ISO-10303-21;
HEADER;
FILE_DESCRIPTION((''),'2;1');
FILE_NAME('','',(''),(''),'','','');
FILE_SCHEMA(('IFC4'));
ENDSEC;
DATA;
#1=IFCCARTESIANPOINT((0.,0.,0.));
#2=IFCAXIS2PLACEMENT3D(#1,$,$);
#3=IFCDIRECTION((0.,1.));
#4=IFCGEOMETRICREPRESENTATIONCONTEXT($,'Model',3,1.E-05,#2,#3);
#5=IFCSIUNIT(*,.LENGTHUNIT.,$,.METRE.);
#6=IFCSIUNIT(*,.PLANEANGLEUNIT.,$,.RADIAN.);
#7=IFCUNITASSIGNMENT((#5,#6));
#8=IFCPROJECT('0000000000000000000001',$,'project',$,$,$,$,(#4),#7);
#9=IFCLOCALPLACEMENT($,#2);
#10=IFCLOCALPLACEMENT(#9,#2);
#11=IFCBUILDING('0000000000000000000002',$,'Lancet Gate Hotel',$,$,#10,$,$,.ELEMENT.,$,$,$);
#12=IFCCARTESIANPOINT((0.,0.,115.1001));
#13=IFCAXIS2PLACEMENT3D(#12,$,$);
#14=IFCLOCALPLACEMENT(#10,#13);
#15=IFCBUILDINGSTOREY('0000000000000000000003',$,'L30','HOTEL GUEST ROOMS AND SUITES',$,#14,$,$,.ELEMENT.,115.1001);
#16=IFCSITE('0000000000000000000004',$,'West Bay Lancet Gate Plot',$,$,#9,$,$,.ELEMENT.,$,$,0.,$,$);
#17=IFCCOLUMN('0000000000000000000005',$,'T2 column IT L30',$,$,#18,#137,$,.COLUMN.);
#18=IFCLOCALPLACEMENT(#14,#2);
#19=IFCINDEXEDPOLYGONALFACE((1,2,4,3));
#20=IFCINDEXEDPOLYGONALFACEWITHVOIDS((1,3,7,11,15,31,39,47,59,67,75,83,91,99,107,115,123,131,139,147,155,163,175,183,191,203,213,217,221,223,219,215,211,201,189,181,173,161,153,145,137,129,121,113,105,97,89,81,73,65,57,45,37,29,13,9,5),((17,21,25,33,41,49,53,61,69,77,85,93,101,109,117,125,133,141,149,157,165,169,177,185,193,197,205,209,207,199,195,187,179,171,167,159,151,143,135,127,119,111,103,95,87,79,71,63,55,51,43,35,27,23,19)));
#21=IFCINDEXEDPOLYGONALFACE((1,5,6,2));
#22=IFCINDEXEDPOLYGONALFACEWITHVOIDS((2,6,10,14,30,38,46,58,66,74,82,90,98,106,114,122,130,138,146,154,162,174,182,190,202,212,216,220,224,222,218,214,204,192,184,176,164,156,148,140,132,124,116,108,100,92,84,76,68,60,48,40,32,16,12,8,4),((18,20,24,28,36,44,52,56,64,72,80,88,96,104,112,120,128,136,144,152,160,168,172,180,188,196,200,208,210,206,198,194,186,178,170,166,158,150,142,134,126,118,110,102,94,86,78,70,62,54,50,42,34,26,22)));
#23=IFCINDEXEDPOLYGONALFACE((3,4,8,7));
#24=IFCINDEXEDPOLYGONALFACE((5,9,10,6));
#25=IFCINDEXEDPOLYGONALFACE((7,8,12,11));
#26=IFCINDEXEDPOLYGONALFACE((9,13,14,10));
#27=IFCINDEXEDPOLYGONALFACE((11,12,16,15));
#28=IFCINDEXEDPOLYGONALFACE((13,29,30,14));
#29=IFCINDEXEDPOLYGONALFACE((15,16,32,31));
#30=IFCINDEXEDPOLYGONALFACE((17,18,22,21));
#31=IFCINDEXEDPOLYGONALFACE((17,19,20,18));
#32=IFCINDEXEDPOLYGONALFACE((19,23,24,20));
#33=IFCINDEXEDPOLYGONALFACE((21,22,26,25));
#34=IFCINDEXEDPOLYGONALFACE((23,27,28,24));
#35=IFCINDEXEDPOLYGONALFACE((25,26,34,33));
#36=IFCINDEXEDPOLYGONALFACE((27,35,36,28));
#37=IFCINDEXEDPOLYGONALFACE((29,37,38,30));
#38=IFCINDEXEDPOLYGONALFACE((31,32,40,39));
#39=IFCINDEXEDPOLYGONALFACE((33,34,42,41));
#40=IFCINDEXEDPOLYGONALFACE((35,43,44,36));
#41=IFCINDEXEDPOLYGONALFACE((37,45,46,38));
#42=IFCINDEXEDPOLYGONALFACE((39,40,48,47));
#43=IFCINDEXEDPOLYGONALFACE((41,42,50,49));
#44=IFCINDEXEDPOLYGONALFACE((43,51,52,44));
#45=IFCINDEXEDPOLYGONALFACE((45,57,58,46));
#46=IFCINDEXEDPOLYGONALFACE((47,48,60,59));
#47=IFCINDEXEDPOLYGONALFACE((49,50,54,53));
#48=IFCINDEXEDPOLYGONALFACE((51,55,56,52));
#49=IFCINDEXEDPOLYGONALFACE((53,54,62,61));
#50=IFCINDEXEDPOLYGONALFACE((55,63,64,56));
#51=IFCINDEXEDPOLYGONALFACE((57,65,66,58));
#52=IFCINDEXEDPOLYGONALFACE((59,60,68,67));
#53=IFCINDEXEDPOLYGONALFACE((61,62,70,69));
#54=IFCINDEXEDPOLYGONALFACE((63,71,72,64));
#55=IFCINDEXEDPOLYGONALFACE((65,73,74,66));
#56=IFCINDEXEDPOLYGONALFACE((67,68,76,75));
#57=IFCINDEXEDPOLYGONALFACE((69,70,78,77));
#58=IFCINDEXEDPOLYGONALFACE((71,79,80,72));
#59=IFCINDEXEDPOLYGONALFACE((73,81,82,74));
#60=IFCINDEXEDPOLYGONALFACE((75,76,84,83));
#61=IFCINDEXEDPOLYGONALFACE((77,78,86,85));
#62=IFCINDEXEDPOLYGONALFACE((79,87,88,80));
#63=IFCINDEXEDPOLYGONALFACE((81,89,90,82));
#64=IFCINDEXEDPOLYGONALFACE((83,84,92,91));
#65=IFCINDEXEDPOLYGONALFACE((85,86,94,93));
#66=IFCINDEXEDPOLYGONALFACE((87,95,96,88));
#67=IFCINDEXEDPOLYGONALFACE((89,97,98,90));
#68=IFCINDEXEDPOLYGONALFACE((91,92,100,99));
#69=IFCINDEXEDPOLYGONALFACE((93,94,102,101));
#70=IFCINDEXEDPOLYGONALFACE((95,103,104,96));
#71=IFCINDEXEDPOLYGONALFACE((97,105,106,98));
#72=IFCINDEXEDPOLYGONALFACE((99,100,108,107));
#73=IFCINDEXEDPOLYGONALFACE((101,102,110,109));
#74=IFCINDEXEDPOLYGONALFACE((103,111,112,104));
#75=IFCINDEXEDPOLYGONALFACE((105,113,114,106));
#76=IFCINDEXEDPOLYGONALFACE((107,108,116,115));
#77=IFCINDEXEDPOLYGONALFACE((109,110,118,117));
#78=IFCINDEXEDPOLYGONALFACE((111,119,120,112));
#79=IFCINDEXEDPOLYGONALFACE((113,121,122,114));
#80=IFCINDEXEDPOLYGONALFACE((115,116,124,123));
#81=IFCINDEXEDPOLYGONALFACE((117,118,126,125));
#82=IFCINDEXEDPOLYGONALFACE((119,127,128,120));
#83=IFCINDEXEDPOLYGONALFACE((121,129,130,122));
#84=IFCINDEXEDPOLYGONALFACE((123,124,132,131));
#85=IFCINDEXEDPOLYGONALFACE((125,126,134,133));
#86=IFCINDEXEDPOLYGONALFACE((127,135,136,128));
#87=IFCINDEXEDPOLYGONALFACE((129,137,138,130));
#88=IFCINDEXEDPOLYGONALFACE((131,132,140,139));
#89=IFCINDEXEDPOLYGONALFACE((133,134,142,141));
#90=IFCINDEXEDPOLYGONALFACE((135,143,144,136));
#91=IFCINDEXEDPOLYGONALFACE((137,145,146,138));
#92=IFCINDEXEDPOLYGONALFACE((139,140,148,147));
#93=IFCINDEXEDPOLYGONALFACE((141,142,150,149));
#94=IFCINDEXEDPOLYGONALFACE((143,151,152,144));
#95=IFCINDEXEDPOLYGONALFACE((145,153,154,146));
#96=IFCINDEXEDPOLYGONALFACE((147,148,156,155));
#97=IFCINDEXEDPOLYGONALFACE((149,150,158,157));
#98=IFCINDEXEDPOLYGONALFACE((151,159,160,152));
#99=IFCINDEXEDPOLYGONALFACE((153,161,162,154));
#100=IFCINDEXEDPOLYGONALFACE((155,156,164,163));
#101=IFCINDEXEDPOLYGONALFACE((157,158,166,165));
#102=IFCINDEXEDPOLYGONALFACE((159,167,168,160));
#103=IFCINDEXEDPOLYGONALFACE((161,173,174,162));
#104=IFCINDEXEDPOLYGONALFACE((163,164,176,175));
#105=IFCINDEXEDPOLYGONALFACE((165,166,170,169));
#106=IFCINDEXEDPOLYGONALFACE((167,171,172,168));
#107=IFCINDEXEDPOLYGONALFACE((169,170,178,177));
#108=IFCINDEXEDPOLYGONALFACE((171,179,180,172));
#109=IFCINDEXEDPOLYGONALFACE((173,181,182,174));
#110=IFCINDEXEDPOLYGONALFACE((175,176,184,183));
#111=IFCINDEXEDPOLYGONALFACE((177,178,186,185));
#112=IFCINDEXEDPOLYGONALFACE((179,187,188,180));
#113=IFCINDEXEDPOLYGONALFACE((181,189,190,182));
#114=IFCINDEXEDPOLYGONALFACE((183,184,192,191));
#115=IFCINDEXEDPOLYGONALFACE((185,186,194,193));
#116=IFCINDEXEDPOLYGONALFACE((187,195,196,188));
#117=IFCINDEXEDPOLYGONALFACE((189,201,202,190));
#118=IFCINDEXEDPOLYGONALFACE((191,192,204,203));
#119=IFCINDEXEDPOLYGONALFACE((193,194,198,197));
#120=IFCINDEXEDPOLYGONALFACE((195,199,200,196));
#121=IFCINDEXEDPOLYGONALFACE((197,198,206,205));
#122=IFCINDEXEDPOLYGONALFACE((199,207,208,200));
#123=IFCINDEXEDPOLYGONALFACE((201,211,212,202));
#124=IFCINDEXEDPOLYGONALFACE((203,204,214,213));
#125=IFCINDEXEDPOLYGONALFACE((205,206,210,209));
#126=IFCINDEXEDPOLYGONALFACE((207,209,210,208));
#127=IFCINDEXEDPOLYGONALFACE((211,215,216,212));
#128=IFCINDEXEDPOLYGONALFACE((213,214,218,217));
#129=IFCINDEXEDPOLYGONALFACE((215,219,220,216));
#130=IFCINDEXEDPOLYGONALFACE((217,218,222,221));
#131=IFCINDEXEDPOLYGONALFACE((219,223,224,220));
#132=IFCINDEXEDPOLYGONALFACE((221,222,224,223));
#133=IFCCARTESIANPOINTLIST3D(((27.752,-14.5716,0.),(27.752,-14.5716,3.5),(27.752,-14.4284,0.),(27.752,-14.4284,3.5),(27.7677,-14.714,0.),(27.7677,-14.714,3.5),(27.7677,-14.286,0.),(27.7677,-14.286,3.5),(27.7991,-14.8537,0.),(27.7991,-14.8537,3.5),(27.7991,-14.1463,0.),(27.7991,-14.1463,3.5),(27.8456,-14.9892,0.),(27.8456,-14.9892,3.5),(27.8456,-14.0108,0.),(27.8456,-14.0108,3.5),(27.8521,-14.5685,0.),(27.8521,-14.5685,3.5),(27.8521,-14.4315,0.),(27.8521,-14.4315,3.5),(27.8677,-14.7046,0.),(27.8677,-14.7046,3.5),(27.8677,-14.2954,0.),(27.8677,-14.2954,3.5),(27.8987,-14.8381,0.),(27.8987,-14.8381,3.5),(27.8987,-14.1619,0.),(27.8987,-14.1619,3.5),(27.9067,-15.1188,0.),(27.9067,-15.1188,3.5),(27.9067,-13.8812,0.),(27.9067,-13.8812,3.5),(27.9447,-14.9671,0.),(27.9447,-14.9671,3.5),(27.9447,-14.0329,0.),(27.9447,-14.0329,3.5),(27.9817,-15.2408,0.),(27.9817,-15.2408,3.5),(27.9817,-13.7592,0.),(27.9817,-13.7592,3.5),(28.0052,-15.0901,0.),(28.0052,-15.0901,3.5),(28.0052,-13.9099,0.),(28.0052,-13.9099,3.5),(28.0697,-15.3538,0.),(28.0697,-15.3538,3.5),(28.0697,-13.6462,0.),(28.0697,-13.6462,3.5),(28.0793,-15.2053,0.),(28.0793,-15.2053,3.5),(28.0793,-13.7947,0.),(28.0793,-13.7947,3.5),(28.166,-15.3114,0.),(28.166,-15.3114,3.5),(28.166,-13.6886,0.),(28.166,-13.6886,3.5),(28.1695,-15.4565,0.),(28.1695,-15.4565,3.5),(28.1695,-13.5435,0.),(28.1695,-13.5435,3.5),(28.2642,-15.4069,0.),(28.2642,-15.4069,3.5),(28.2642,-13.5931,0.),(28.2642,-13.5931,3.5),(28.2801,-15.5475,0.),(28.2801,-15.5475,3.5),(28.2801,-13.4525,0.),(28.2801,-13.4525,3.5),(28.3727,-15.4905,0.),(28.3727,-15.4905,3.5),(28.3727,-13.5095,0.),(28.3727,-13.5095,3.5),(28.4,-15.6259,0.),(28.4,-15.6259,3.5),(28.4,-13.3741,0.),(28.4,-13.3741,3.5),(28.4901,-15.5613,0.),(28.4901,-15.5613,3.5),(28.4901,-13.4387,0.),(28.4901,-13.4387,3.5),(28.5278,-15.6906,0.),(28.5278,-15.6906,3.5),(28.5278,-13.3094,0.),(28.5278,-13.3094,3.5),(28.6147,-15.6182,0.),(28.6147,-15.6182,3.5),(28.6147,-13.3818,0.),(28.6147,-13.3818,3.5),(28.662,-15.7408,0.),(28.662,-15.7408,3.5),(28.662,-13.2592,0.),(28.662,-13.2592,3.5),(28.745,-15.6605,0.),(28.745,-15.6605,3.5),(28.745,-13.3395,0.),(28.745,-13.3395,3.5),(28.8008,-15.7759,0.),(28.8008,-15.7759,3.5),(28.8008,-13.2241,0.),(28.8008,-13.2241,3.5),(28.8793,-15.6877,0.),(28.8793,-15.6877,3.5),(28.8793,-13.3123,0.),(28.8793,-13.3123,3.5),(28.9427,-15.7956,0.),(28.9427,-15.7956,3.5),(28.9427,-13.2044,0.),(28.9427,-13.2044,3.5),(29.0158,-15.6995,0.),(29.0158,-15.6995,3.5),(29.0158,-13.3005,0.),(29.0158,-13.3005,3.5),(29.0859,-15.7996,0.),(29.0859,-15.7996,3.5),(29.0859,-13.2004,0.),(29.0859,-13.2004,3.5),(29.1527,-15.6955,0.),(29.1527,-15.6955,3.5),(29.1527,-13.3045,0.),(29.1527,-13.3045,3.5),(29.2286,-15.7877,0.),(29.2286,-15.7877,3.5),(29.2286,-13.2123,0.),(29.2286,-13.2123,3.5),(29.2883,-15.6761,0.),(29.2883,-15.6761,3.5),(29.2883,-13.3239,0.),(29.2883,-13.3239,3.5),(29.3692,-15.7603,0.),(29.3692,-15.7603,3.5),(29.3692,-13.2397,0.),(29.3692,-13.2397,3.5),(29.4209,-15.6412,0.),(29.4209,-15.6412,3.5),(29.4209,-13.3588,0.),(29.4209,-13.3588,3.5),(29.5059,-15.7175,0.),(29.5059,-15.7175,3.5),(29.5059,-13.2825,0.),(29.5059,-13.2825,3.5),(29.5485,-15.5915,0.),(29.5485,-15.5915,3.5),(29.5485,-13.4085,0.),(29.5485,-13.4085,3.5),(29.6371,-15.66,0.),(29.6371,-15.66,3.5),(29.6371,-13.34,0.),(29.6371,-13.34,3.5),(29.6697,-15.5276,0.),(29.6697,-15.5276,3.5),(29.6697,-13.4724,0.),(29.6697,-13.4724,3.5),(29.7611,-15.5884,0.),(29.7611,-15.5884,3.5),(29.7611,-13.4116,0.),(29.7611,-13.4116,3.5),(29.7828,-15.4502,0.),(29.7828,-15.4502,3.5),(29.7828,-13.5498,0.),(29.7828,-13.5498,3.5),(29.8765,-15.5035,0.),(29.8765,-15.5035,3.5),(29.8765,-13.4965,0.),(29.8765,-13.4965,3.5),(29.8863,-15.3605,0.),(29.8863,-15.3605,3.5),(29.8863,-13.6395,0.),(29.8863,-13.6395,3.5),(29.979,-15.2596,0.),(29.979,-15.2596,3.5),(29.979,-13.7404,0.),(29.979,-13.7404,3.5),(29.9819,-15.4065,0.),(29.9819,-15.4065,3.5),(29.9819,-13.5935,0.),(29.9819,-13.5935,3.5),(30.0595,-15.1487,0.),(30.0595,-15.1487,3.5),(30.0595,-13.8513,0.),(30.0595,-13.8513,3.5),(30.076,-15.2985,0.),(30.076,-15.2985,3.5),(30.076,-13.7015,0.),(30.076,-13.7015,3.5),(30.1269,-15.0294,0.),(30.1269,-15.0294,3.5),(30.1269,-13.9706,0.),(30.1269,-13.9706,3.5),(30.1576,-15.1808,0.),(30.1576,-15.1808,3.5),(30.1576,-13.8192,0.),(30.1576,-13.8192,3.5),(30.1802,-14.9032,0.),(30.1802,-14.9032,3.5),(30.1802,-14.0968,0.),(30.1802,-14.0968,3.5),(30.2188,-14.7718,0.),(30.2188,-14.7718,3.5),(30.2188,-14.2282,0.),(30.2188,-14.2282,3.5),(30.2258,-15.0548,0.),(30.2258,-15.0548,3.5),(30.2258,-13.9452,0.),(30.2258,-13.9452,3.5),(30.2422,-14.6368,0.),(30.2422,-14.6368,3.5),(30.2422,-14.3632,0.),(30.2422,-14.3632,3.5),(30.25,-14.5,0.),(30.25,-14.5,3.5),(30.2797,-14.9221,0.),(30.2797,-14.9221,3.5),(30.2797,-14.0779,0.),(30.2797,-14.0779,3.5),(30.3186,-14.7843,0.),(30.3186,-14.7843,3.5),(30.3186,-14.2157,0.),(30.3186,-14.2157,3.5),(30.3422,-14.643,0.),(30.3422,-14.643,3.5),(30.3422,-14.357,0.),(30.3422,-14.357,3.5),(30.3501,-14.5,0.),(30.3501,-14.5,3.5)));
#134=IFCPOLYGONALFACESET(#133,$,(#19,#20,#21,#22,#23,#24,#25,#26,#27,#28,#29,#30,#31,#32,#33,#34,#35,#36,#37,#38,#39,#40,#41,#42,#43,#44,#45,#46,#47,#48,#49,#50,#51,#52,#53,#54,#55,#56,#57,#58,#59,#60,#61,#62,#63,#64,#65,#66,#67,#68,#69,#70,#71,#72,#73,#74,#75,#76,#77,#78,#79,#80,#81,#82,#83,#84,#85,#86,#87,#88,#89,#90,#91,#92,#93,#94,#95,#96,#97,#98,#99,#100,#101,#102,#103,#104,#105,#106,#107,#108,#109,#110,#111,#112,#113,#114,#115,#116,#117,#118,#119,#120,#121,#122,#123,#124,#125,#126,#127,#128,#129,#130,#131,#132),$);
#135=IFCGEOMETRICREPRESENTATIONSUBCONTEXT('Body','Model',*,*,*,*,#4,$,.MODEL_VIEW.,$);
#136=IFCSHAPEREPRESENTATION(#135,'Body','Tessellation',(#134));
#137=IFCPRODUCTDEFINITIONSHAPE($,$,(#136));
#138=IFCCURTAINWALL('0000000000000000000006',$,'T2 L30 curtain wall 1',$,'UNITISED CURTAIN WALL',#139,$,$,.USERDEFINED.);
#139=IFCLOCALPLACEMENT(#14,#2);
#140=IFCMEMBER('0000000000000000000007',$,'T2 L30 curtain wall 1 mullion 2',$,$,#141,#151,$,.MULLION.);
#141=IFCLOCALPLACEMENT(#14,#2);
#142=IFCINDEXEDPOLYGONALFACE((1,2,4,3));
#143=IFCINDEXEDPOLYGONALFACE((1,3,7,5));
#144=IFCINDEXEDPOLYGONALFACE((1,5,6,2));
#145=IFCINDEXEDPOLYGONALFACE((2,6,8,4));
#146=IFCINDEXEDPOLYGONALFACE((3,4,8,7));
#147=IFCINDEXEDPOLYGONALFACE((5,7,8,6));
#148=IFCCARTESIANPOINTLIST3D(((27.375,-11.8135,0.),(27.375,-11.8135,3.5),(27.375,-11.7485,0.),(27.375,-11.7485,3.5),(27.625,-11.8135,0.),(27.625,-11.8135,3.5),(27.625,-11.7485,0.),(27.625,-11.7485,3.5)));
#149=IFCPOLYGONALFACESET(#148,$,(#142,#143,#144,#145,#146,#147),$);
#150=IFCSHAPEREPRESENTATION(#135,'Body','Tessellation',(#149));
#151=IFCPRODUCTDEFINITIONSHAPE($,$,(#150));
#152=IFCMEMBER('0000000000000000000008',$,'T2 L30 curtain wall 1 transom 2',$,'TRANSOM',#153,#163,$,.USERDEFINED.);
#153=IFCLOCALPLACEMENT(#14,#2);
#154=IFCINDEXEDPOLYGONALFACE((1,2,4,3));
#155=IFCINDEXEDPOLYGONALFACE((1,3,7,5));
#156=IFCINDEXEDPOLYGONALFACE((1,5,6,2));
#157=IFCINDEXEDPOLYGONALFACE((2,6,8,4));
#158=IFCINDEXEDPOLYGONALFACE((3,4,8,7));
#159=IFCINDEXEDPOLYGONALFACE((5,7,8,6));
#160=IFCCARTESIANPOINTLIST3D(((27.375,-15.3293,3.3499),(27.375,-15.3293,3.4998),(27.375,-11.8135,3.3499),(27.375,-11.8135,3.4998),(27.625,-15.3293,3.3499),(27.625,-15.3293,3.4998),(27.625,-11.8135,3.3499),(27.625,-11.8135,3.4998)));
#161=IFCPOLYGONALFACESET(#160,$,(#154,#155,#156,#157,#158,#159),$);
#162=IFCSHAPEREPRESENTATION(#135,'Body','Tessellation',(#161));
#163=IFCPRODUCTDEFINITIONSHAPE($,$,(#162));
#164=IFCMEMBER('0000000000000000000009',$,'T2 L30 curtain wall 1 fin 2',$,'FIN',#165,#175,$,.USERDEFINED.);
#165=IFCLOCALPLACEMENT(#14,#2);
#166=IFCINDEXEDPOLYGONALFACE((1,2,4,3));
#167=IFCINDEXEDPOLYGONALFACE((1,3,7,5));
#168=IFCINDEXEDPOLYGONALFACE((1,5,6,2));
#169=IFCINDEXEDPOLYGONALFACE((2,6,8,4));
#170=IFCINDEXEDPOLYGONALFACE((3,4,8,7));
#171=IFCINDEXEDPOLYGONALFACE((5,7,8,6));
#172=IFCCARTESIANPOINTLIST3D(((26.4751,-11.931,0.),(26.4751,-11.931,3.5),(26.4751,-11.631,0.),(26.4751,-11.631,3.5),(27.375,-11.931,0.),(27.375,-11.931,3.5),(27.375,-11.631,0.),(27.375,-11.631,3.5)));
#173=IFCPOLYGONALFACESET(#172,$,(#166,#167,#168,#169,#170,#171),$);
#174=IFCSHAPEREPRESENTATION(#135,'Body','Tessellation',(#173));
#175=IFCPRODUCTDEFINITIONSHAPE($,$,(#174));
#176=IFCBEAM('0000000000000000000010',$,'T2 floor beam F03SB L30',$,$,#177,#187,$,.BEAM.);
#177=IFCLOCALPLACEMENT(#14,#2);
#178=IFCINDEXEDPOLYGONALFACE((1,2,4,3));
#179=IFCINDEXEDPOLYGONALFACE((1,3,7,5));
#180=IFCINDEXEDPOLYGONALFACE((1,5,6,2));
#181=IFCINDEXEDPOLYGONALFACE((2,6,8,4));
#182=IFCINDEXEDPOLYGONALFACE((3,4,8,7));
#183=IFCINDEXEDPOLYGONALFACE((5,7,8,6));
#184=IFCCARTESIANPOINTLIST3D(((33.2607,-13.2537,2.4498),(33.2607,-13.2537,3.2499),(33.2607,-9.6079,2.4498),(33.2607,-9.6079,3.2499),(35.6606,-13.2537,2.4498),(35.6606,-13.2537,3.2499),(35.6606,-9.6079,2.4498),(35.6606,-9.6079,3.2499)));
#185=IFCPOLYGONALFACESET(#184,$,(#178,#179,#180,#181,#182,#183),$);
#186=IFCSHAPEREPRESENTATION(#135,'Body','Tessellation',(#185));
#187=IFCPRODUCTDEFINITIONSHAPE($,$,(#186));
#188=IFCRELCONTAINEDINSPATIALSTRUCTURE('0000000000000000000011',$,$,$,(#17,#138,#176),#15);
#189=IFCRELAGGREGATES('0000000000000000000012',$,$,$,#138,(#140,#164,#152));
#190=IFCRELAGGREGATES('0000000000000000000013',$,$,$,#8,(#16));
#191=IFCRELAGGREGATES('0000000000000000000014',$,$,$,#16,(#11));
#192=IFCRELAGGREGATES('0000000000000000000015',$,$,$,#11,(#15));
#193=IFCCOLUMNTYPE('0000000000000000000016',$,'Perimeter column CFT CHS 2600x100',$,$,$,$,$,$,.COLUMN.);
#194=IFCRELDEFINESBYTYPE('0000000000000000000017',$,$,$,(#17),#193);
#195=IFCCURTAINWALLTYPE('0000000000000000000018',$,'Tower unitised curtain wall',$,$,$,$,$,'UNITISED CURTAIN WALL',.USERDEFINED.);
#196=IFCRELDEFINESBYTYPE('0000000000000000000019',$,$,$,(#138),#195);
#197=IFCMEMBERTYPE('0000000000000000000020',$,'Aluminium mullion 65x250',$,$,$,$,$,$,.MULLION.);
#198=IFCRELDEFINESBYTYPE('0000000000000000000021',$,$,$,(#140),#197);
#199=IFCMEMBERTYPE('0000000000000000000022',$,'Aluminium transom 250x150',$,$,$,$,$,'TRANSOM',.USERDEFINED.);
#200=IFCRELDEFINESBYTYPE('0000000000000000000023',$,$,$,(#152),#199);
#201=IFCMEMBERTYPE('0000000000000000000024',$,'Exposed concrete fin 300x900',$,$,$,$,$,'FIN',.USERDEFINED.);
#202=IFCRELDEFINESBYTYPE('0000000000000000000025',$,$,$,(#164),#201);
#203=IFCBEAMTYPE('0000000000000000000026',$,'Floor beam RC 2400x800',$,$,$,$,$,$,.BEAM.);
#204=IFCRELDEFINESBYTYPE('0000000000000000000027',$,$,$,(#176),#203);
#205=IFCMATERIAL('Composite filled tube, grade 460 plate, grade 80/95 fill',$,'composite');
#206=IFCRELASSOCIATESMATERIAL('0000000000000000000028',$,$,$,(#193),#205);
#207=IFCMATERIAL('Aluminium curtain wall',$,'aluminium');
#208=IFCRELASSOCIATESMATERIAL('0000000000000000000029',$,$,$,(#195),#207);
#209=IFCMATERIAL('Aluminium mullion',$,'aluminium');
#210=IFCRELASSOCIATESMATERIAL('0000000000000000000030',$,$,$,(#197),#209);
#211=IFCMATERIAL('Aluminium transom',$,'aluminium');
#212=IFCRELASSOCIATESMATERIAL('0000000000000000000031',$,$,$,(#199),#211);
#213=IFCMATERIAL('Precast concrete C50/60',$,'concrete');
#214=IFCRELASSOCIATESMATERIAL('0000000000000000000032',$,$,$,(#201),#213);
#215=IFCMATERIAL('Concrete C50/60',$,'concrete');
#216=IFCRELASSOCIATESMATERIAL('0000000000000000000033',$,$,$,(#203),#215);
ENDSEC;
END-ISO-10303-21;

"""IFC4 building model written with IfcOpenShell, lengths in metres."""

from ifc_helpers import new_model, si_unit, direction, frame, origin, origin_2d, place, context, subcontext, project, spatial, rectangle, hollow_circle, extrude, material, material_profile, profile_set, type_object, element, aggregate, save


model = new_model("IFC4")

# Units and contexts
model_context = context("Model", 3, precision=1e-05, world=origin(), true_north=direction((0.0, 1.0)))
body_context = subcontext(model_context, "Body", "Model", "MODEL_VIEW")
ifc_project = project(units=[si_unit("LENGTHUNIT", "METRE"), si_unit("PLANEANGLEUNIT", "RADIAN")], contexts=[model_context])

# Site, building, storey
site_placement = place(None, origin())
site = spatial("IfcSite", under=ifc_project, at=site_placement, Name="West Bay Lancet Gate Plot", CompositionType="ELEMENT", RefElevation=0.0)
building_placement = place(site_placement, origin())
building = spatial("IfcBuilding", under=site, at=building_placement, Name="Lancet Gate Hotel", CompositionType="ELEMENT")
storey_placement = place(building_placement, frame((0.0, 0.0, 115.1001)))
storey = spatial("IfcBuildingStorey", under=building, at=storey_placement, Name="L30", Description="HOTEL GUEST ROOMS AND SUITES", CompositionType="ELEMENT", Elevation=115.1001)

# Column
ifc_material_1 = material(Name="Composite filled tube, grade 460 plate, grade 80/95 fill", Category="composite")
ifc_material_profile_1 = material_profile(ifc_material_1, hollow_circle(Radius=1.3, WallThickness=0.1001, at=origin_2d()), Name="CHS 2600x100")
ifc_profile_set_1 = profile_set([ifc_material_profile_1], Name="Composite filled tube, grade 460 plate, grade 80/95 fill")
column_type = type_object("IfcColumnType", Name="Perimeter column CFT CHS 2600x100", PredefinedType="COLUMN", material=ifc_profile_set_1)
for number, where, z_axis, x_axis, name in (
    (1, (29.05, -14.5, 0.0), (0.0, 0.0, 1.0), (1.0, 0.0, 0.0), "T2 column IT L30"),
):
    element("IfcColumn", number, at=place(storey_placement, frame(where, z_axis=z_axis, x_axis=x_axis)), inside=storey, type_object=column_type, Name=name, PredefinedType="COLUMN", context=body_context, shape_type="SweptSolid", body=[
        extrude(hollow_circle(Radius=1.3, WallThickness=0.1001, at=origin_2d()), origin(), (0.0, 0.0, 1.0), 3.5),
    ])

# Curtain wall, members
ifc_material_2 = material(Name="Aluminium curtain wall", Category="aluminium")
curtain_wall_type = type_object("IfcCurtainWallType", Name="Tower unitised curtain wall", ElementType="UNITISED CURTAIN WALL", PredefinedType="USERDEFINED", material=ifc_material_2)
curtain_wall_placement = place(storey_placement, origin())
curtain_wall = element("IfcCurtainWall", 2, at=curtain_wall_placement, inside=storey, type_object=curtain_wall_type, Name="T2 L30 curtain wall 1", ObjectType="UNITISED CURTAIN WALL", PredefinedType="USERDEFINED")
ifc_material_3 = material(Name="Aluminium mullion", Category="aluminium")
ifc_material_profile_2 = material_profile(ifc_material_3, rectangle(XDim=0.0649, YDim=0.25, at=origin_2d()), Name="MULLION 65x250")
ifc_profile_set_2 = profile_set([ifc_material_profile_2], Name="Aluminium mullion")
member_type_1 = type_object("IfcMemberType", Name="Aluminium mullion 65x250", PredefinedType="MULLION", material=ifc_profile_set_2)
member_1_placement = place(storey_placement, frame((27.5, -11.781, 0.0), z_axis=(0.0, 0.0, 1.0), x_axis=(0.0, -1.0, 0.0)))
member_1 = element("IfcMember", 3, at=member_1_placement, type_object=member_type_1, Name="T2 L30 curtain wall 1 mullion 2", PredefinedType="MULLION", context=body_context, shape_type="SweptSolid", body=[
    extrude(rectangle(XDim=0.0649, YDim=0.25, at=origin_2d()), origin(), (0.0, 0.0, 1.0), 3.5),
])
ifc_material_4 = material(Name="Aluminium transom", Category="aluminium")
ifc_material_profile_3 = material_profile(ifc_material_4, rectangle(XDim=0.25, YDim=0.1499, at=origin_2d()), Name="TRANSOM 250x150")
ifc_profile_set_3 = profile_set([ifc_material_profile_3], Name="Aluminium transom")
member_type_2 = type_object("IfcMemberType", Name="Aluminium transom 250x150", ElementType="TRANSOM", PredefinedType="USERDEFINED", material=ifc_profile_set_3)
member_2_placement = place(storey_placement, frame((27.5, -11.8135, 3.4248), z_axis=(0.0, -1.0, 0.0), x_axis=(1.0, 0.0, 0.0)))
member_2 = element("IfcMember", 4, at=member_2_placement, type_object=member_type_2, Name="T2 L30 curtain wall 1 transom 2", ObjectType="TRANSOM", PredefinedType="USERDEFINED", context=body_context, shape_type="SweptSolid", body=[
    extrude(rectangle(XDim=0.25, YDim=0.1499, at=origin_2d()), origin(), (0.0, 0.0, 1.0), 3.5159),
])
ifc_material_5 = material(Name="Precast concrete C50/60", Category="concrete")
ifc_material_profile_4 = material_profile(ifc_material_5, rectangle(XDim=0.3, YDim=0.8999, at=origin_2d()), Name="FIN 300x900")
ifc_profile_set_4 = profile_set([ifc_material_profile_4], Name="Precast concrete C50/60")
member_type_3 = type_object("IfcMemberType", Name="Exposed concrete fin 300x900", ElementType="FIN", PredefinedType="USERDEFINED", material=ifc_profile_set_4)
member_3_placement = place(storey_placement, frame((26.925, -11.781, 0.0), z_axis=(0.0, 0.0, 1.0), x_axis=(0.0, -1.0, 0.0)))
member_3 = element("IfcMember", 5, at=member_3_placement, type_object=member_type_3, Name="T2 L30 curtain wall 1 fin 2", ObjectType="FIN", PredefinedType="USERDEFINED", context=body_context, shape_type="SweptSolid", body=[
    extrude(rectangle(XDim=0.3, YDim=0.8999, at=origin_2d()), origin(), (0.0, 0.0, 1.0), 3.5),
])

# Beam
ifc_material_6 = material(Name="Concrete C50/60", Category="concrete")
ifc_material_profile_5 = material_profile(ifc_material_6, rectangle(XDim=2.3999, YDim=0.8, at=origin_2d()), Name="RC 2400x800")
ifc_profile_set_5 = profile_set([ifc_material_profile_5], Name="Concrete C50/60")
beam_type_1 = type_object("IfcBeamType", Name="Floor beam RC 2400x800", PredefinedType="BEAM", material=ifc_profile_set_5)
for number, where, z_axis, x_axis, name in (
    (6, (34.4607, -13.2537, 2.8499), (0.0, 1.0, 0.0), (-1.0, 0.0, 0.0), "T2 floor beam F03SB L30"),
):
    element("IfcBeam", number, at=place(storey_placement, frame(where, z_axis=z_axis, x_axis=x_axis)), inside=storey, type_object=beam_type_1, Name=name, PredefinedType="BEAM", context=body_context, shape_type="SweptSolid", body=[
        extrude(rectangle(XDim=2.3999, YDim=0.8, at=origin_2d()), origin(), (0.0, 0.0, 1.0), 3.6458),
    ])

aggregate(curtain_wall, [member_1, member_3, member_2])

save(model, "model.ifc")
